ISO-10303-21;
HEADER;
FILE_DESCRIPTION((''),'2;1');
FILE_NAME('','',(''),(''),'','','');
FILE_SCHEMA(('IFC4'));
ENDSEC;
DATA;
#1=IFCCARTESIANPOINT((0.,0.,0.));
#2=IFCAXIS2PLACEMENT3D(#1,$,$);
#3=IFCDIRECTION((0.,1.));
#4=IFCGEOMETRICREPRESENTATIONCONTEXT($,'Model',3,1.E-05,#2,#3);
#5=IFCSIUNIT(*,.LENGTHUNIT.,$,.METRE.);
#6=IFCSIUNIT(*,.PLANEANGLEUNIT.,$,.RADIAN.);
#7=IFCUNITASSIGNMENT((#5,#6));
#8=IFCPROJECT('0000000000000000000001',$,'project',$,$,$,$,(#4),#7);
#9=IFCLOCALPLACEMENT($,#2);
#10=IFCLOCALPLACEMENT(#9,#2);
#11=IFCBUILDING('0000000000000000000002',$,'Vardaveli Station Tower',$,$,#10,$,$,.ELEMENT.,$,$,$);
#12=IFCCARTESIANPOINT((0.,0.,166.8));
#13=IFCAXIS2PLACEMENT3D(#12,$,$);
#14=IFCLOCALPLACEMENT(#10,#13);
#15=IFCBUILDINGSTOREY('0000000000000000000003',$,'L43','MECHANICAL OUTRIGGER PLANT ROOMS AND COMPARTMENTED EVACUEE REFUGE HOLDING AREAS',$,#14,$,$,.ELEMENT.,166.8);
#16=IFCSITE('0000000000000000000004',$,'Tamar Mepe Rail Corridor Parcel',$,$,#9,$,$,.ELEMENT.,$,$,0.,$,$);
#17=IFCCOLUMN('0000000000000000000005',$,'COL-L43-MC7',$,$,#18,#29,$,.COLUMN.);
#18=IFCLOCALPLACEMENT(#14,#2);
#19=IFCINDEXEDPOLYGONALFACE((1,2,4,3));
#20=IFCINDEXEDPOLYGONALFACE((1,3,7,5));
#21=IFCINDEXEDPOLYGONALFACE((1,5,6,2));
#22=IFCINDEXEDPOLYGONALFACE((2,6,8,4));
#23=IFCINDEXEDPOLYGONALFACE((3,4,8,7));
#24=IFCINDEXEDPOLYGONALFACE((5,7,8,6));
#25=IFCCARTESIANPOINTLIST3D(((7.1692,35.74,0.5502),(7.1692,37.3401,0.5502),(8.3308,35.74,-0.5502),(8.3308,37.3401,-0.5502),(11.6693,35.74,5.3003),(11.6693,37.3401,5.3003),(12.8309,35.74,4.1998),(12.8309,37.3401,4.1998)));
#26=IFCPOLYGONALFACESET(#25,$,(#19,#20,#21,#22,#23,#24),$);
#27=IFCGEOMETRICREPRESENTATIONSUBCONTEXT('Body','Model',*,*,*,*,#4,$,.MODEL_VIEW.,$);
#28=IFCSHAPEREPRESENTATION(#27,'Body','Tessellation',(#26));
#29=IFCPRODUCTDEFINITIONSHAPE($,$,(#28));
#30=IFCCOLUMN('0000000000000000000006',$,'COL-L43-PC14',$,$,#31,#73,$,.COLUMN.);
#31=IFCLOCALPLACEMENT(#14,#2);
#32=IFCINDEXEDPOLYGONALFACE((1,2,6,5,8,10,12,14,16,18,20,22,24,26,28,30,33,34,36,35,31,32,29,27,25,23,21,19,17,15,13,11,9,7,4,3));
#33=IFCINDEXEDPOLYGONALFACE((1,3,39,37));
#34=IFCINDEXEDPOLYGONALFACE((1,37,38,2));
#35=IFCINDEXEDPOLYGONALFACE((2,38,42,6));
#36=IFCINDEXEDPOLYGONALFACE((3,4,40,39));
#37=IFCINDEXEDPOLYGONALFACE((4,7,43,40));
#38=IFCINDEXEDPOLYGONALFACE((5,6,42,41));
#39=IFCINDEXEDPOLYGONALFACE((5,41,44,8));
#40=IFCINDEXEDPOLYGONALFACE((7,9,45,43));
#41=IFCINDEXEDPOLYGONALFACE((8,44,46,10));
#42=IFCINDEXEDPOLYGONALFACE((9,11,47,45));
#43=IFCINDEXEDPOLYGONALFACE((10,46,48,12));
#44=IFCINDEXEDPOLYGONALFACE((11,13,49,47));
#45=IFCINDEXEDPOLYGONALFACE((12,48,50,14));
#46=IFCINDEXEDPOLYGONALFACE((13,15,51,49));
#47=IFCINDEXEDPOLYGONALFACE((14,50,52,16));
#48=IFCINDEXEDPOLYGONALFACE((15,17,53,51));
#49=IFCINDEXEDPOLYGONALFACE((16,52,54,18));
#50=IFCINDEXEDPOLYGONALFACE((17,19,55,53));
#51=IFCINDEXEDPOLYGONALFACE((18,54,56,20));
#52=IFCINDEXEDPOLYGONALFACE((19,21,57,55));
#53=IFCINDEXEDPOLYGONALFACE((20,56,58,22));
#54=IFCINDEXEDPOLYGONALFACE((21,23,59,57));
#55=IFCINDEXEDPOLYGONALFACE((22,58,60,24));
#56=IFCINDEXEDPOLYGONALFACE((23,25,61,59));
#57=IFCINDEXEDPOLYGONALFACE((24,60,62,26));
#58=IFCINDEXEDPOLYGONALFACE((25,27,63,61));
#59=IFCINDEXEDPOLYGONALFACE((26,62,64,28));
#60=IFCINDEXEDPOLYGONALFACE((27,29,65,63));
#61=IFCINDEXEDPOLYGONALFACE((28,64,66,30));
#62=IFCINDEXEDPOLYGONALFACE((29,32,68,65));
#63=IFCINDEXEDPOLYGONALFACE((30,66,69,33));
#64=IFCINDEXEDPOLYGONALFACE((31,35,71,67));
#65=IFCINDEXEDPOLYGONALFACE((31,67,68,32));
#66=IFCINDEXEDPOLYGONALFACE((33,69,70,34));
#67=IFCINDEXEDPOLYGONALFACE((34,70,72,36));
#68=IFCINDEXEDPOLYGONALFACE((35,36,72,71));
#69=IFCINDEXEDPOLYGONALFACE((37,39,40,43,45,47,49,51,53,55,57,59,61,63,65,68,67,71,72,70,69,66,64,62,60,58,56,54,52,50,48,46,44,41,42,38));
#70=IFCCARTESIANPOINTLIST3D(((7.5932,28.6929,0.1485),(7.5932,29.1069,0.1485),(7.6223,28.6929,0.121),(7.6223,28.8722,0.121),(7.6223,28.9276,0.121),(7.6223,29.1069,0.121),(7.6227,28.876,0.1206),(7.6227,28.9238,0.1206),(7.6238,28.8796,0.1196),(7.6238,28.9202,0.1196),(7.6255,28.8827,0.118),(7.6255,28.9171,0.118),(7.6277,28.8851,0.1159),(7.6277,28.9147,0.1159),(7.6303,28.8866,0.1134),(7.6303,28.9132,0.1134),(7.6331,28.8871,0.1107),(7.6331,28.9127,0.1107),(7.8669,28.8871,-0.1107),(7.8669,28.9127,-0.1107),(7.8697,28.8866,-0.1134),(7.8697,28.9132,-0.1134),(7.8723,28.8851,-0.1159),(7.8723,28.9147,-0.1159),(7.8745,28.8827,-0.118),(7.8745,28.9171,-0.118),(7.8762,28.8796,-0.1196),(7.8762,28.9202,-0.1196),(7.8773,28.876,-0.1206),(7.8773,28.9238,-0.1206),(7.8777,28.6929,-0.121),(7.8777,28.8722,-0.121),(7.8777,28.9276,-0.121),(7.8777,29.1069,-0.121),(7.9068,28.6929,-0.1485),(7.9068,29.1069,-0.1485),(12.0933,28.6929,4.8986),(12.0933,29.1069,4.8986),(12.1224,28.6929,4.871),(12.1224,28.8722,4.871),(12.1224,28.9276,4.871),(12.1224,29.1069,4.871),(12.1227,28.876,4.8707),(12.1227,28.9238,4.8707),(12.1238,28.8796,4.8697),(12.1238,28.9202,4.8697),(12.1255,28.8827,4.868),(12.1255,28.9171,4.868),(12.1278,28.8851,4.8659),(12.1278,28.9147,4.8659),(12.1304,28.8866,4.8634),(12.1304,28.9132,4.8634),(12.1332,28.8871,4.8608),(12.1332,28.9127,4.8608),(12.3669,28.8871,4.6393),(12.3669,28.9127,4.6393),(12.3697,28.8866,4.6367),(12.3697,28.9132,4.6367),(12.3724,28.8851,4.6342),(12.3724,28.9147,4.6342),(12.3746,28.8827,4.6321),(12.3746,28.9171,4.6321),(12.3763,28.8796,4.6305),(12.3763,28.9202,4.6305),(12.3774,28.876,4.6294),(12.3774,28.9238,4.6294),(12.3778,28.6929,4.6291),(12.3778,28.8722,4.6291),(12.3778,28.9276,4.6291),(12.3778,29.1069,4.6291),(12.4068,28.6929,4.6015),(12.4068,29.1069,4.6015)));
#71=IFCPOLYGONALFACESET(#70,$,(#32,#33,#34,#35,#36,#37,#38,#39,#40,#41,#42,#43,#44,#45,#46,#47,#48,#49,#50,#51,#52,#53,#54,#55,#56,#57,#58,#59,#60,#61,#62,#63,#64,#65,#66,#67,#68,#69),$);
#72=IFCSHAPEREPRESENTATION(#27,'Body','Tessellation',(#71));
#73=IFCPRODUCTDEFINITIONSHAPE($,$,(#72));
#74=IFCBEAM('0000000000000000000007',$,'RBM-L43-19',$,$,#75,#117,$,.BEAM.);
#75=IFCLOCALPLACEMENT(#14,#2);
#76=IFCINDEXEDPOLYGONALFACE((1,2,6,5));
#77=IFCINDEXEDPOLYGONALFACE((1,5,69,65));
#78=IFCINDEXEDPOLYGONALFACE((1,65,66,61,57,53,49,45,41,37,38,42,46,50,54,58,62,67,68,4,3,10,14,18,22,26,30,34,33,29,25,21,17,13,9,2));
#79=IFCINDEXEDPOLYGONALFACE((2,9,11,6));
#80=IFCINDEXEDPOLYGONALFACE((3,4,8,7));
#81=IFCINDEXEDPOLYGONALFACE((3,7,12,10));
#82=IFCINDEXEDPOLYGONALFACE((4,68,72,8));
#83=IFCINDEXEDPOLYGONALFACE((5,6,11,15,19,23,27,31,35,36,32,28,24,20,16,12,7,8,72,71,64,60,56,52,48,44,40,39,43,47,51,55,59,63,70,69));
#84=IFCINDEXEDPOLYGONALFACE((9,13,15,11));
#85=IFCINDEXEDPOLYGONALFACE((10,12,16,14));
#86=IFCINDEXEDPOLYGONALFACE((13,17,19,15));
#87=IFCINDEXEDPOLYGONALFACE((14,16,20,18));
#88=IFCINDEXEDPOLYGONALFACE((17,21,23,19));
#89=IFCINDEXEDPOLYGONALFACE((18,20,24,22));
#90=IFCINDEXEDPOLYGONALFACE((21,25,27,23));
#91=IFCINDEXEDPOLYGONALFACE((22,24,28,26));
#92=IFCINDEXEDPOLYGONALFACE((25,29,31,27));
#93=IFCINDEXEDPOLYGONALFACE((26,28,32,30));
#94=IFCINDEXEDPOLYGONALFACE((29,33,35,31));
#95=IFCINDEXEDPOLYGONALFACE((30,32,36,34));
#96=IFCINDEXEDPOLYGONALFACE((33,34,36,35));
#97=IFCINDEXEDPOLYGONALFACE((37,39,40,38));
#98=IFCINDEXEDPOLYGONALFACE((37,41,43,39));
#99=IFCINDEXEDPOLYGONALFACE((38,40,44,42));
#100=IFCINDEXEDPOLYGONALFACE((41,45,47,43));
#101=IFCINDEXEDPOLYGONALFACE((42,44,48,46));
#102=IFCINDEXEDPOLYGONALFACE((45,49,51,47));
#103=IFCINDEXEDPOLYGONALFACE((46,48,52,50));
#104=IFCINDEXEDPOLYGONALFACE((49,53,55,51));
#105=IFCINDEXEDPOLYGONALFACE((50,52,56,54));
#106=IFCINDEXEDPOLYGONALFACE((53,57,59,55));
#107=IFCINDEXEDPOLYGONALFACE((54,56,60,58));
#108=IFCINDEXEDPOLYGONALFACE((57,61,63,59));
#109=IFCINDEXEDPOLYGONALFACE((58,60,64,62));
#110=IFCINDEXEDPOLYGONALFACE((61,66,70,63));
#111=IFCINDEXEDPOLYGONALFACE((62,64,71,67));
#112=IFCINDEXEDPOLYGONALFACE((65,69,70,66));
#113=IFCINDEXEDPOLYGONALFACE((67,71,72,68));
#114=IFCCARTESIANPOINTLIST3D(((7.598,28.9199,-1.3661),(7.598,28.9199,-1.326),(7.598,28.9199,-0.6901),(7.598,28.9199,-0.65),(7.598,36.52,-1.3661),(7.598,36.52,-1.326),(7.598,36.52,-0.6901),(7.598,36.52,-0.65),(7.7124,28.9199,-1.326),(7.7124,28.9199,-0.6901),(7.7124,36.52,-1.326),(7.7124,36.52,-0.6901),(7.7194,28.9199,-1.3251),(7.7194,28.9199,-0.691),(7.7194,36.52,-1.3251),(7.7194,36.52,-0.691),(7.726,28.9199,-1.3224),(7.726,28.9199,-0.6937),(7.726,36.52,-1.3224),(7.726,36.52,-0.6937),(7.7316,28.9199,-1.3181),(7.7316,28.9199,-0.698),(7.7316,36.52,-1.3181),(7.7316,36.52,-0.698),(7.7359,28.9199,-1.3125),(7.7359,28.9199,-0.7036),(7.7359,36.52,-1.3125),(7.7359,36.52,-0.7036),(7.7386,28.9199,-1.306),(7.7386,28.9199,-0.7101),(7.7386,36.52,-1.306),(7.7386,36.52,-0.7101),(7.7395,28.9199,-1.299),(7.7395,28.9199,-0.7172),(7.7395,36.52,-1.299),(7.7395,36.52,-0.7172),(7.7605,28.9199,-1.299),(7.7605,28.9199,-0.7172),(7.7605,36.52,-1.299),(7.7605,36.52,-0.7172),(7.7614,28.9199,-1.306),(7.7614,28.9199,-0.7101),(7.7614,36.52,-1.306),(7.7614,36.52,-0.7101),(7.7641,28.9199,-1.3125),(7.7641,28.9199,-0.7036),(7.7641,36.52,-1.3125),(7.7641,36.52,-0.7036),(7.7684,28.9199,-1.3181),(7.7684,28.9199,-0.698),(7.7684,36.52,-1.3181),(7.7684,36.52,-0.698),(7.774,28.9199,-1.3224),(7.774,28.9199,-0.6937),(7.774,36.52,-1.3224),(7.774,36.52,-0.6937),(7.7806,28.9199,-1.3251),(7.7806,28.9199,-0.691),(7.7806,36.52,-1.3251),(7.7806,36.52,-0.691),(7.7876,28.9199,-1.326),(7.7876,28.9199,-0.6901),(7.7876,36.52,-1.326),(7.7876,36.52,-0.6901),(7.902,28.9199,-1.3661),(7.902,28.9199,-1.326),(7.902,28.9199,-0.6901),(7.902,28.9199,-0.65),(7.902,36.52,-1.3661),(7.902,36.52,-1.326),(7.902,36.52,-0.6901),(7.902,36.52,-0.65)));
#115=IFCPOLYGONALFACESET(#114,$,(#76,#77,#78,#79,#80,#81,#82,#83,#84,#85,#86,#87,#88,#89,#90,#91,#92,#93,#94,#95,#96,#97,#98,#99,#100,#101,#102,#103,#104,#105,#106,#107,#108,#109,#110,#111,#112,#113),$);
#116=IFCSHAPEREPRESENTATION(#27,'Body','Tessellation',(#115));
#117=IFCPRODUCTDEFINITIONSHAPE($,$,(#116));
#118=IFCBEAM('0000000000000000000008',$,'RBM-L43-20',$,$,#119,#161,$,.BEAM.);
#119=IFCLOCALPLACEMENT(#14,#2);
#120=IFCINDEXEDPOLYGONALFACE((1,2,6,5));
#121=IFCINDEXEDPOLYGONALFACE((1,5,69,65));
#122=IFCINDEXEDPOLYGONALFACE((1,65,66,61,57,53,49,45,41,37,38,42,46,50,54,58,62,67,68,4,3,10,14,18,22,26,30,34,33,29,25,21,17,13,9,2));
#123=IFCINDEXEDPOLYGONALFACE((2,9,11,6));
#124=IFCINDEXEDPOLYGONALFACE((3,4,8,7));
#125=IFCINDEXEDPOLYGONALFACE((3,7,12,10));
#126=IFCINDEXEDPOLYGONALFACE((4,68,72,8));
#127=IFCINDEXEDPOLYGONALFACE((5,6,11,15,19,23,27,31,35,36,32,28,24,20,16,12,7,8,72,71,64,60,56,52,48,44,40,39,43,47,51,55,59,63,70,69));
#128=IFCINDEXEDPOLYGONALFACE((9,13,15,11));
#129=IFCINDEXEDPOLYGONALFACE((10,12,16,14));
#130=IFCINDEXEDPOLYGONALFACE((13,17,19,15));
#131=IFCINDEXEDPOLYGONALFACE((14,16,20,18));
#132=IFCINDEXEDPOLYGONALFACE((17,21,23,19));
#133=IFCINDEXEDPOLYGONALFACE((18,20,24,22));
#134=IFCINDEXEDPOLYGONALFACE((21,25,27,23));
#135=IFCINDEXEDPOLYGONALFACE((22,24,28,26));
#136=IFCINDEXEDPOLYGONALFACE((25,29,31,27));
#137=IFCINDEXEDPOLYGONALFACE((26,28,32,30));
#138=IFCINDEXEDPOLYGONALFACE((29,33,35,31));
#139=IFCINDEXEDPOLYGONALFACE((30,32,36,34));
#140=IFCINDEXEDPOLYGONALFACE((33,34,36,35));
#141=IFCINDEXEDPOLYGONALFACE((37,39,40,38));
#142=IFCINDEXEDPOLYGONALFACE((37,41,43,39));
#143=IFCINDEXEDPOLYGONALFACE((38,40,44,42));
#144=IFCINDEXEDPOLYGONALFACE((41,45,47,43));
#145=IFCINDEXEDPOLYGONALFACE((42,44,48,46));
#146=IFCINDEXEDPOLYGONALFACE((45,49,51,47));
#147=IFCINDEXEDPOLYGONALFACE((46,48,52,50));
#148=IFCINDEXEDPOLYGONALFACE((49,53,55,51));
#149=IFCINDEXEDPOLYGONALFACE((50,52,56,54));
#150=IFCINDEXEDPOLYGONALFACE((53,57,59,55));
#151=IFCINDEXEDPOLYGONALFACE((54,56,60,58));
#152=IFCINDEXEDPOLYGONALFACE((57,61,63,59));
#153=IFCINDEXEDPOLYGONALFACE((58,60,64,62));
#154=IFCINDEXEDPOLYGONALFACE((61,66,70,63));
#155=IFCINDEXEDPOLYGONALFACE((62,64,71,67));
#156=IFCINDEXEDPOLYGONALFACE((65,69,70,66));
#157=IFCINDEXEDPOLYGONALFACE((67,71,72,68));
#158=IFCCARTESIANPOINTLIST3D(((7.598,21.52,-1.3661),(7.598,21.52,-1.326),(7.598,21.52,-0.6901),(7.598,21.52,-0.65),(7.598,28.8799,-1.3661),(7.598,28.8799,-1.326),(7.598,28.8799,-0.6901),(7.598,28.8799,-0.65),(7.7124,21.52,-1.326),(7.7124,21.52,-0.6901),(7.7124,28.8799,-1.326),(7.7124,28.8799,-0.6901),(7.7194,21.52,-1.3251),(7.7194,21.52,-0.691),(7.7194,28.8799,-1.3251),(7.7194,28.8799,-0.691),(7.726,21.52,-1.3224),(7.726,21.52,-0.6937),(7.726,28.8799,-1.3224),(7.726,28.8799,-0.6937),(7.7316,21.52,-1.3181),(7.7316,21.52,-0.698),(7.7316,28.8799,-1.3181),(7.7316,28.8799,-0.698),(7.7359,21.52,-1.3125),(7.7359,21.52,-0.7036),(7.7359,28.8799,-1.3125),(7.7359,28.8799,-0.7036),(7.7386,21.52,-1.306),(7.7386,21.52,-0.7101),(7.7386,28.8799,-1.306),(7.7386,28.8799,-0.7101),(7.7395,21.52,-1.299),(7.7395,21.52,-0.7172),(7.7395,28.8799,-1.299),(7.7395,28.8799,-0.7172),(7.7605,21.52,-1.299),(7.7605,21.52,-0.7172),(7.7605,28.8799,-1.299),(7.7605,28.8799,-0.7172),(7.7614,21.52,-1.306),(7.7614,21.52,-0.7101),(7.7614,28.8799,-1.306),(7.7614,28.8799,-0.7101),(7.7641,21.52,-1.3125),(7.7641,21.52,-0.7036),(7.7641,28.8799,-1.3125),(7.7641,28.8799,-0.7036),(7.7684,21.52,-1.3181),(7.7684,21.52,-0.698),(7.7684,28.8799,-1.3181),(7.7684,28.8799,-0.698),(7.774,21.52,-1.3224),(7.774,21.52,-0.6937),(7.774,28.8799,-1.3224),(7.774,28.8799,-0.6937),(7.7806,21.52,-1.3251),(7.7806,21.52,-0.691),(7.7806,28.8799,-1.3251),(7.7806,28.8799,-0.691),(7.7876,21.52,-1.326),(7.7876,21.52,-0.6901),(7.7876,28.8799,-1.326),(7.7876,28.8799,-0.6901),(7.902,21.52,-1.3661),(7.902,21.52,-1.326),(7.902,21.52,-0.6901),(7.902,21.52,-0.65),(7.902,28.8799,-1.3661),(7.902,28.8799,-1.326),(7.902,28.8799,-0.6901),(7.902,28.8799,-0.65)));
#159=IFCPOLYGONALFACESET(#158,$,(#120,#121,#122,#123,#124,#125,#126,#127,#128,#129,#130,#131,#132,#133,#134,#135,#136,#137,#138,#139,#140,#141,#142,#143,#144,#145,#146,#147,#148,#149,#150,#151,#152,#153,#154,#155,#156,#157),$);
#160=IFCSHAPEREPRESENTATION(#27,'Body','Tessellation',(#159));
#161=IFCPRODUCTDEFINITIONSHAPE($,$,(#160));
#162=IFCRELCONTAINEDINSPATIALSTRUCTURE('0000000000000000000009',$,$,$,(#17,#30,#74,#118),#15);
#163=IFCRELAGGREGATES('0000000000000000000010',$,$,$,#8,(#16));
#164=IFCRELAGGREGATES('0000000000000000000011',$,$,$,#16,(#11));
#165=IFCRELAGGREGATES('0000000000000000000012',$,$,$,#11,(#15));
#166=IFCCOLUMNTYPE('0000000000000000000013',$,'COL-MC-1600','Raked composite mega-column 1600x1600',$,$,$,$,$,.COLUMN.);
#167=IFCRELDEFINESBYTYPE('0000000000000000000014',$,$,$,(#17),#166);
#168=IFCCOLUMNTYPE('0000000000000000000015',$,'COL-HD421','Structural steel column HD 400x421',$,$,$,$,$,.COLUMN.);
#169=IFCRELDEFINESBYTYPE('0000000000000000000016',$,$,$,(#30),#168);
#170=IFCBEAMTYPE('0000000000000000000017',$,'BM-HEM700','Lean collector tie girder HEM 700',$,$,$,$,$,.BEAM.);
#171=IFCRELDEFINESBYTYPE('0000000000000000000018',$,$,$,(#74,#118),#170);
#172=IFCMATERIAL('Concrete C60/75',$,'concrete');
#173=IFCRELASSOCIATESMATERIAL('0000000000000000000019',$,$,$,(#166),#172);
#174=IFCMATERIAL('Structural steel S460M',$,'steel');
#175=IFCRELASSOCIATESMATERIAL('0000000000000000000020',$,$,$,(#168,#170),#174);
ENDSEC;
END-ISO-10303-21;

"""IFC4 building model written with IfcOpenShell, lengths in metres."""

from ifc_helpers import new_model, si_unit, direction, frame, origin, origin_2d, place, context, subcontext, project, spatial, rectangle, i_section, extrude, source, transform, mapped, material, material_profile, profile_set, type_object, element, save


model = new_model("IFC4")

# Units and contexts
model_context = context("Model", 3, precision=1e-05, world=origin(), true_north=direction((0.0, 1.0)))
body_context = subcontext(model_context, "Body", "Model", "MODEL_VIEW")
ifc_project = project(units=[si_unit("LENGTHUNIT", "METRE"), si_unit("PLANEANGLEUNIT", "RADIAN")], contexts=[model_context])

# Site, building, storey
site_placement = place(None, origin())
site = spatial("IfcSite", under=ifc_project, at=site_placement, Name="Tamar Mepe Rail Corridor Parcel", CompositionType="ELEMENT", RefElevation=0.0)
building_placement = place(site_placement, origin())
building = spatial("IfcBuilding", under=site, at=building_placement, Name="Vardaveli Station Tower", CompositionType="ELEMENT")
storey_placement = place(building_placement, frame((0.0, 0.0, 166.8)))
storey = spatial("IfcBuildingStorey", under=building, at=storey_placement, Name="L43", Description="MECHANICAL OUTRIGGER PLANT ROOMS AND COMPARTMENTED EVACUEE REFUGE HOLDING AREAS", CompositionType="ELEMENT", Elevation=166.8)

# Columns
ifc_material_1 = material(Name="Concrete C60/75", Category="concrete")
ifc_material_profile_1 = material_profile(ifc_material_1, rectangle(XDim=1.6001, YDim=1.6001, at=origin_2d()), Name="MC 1600x1600")
ifc_profile_set_1 = profile_set([ifc_material_profile_1], Name="Concrete C60/75")
column_type_1 = type_object("IfcColumnType", Name="COL-MC-1600", Description="Raked composite mega-column 1600x1600", PredefinedType="COLUMN", material=ifc_profile_set_1)
shared_shape_1 = source(origin(), body_context, "Body", "SweptSolid", [
    extrude(rectangle(XDim=1.6001, YDim=1.6001, at=origin_2d()), origin(), (0.0, 0.0, 1.0), 6.5432),
])
column_1_placement = place(storey_placement, frame((7.75, 36.54, 0.0), z_axis=(0.687745, 0.0, 0.725953), x_axis=(0.0, 1.0, 0.0)))
element("IfcColumn", 1, at=column_1_placement, inside=storey, type_object=column_type_1, Name="COL-L43-MC7", PredefinedType="COLUMN", context=body_context, shape_type="MappedRepresentation", body=[
    mapped(shared_shape_1, transform((0.0, 0.0, 0.0), scale=1.0)),
])
ifc_material_2 = material(Name="Structural steel S460M", Category="steel")
ifc_material_profile_2 = material_profile(ifc_material_2, i_section(OverallWidth=0.4141, OverallDepth=0.4319, WebThickness=0.0256, FlangeThickness=0.04, FilletRadius=0.0149, at=origin_2d()), Name="HD 400x421")
ifc_profile_set_2 = profile_set([ifc_material_profile_2], Name="Structural steel S460M")
column_type_2 = type_object("IfcColumnType", Name="COL-HD421", Description="Structural steel column HD 400x421", PredefinedType="COLUMN", material=ifc_profile_set_2)
shared_shape_2 = source(origin(), body_context, "Body", "SweptSolid", [
    extrude(i_section(OverallWidth=0.4141, OverallDepth=0.4319, WebThickness=0.0256, FlangeThickness=0.04, FilletRadius=0.0149, at=origin_2d()), origin(), (0.0, 0.0, 1.0), 6.5432),
])
column_2_placement = place(storey_placement, frame((7.75, 28.8999, 0.0), z_axis=(0.687745, 0.0, 0.725953), x_axis=(0.0, 1.0, 0.0)))
element("IfcColumn", 2, at=column_2_placement, inside=storey, type_object=column_type_2, Name="COL-L43-PC14", PredefinedType="COLUMN", context=body_context, shape_type="MappedRepresentation", body=[
    mapped(shared_shape_2, transform((0.0, 0.0, 0.0), scale=1.0)),
])

# Beams
ifc_material_profile_3 = material_profile(ifc_material_2, i_section(OverallWidth=0.304, OverallDepth=0.7161, WebThickness=0.021, FlangeThickness=0.04, FilletRadius=0.0271, at=origin_2d()), Name="HEM 700")
ifc_profile_set_3 = profile_set([ifc_material_profile_3], Name="Structural steel S460M")
beam_type_1 = type_object("IfcBeamType", Name="BM-HEM700", Description="Lean collector tie girder HEM 700", PredefinedType="BEAM", material=ifc_profile_set_3)
shared_shape_3 = source(origin(), body_context, "Body", "SweptSolid", [
    extrude(i_section(OverallWidth=0.304, OverallDepth=0.7161, WebThickness=0.021, FlangeThickness=0.04, FilletRadius=0.0271, at=origin_2d()), origin(), (0.0, 0.0, 1.0), 7.6001),
])
beam_1_placement = place(storey_placement, frame((7.75, 36.52, -1.0081), z_axis=(0.0, -1.0, 0.0), x_axis=(1.0, 0.0, 0.0)))
element("IfcBeam", 3, at=beam_1_placement, inside=storey, type_object=beam_type_1, Name="RBM-L43-19", PredefinedType="BEAM", context=body_context, shape_type="MappedRepresentation", body=[
    mapped(shared_shape_3, transform((0.0, 0.0, 0.0), scale=1.0)),
])
shared_shape_4 = source(origin(), body_context, "Body", "SweptSolid", [
    extrude(i_section(OverallWidth=0.304, OverallDepth=0.7161, WebThickness=0.021, FlangeThickness=0.04, FilletRadius=0.0271, at=origin_2d()), origin(), (0.0, 0.0, 1.0), 7.3599),
])
beam_2_placement = place(storey_placement, frame((7.75, 28.8799, -1.0081), z_axis=(0.0, -1.0, 0.0), x_axis=(1.0, 0.0, 0.0)))
element("IfcBeam", 4, at=beam_2_placement, inside=storey, type_object=beam_type_1, Name="RBM-L43-20", PredefinedType="BEAM", context=body_context, shape_type="MappedRepresentation", body=[
    mapped(shared_shape_4, transform((0.0, 0.0, 0.0), scale=1.0)),
])

save(model, "model.ifc")
